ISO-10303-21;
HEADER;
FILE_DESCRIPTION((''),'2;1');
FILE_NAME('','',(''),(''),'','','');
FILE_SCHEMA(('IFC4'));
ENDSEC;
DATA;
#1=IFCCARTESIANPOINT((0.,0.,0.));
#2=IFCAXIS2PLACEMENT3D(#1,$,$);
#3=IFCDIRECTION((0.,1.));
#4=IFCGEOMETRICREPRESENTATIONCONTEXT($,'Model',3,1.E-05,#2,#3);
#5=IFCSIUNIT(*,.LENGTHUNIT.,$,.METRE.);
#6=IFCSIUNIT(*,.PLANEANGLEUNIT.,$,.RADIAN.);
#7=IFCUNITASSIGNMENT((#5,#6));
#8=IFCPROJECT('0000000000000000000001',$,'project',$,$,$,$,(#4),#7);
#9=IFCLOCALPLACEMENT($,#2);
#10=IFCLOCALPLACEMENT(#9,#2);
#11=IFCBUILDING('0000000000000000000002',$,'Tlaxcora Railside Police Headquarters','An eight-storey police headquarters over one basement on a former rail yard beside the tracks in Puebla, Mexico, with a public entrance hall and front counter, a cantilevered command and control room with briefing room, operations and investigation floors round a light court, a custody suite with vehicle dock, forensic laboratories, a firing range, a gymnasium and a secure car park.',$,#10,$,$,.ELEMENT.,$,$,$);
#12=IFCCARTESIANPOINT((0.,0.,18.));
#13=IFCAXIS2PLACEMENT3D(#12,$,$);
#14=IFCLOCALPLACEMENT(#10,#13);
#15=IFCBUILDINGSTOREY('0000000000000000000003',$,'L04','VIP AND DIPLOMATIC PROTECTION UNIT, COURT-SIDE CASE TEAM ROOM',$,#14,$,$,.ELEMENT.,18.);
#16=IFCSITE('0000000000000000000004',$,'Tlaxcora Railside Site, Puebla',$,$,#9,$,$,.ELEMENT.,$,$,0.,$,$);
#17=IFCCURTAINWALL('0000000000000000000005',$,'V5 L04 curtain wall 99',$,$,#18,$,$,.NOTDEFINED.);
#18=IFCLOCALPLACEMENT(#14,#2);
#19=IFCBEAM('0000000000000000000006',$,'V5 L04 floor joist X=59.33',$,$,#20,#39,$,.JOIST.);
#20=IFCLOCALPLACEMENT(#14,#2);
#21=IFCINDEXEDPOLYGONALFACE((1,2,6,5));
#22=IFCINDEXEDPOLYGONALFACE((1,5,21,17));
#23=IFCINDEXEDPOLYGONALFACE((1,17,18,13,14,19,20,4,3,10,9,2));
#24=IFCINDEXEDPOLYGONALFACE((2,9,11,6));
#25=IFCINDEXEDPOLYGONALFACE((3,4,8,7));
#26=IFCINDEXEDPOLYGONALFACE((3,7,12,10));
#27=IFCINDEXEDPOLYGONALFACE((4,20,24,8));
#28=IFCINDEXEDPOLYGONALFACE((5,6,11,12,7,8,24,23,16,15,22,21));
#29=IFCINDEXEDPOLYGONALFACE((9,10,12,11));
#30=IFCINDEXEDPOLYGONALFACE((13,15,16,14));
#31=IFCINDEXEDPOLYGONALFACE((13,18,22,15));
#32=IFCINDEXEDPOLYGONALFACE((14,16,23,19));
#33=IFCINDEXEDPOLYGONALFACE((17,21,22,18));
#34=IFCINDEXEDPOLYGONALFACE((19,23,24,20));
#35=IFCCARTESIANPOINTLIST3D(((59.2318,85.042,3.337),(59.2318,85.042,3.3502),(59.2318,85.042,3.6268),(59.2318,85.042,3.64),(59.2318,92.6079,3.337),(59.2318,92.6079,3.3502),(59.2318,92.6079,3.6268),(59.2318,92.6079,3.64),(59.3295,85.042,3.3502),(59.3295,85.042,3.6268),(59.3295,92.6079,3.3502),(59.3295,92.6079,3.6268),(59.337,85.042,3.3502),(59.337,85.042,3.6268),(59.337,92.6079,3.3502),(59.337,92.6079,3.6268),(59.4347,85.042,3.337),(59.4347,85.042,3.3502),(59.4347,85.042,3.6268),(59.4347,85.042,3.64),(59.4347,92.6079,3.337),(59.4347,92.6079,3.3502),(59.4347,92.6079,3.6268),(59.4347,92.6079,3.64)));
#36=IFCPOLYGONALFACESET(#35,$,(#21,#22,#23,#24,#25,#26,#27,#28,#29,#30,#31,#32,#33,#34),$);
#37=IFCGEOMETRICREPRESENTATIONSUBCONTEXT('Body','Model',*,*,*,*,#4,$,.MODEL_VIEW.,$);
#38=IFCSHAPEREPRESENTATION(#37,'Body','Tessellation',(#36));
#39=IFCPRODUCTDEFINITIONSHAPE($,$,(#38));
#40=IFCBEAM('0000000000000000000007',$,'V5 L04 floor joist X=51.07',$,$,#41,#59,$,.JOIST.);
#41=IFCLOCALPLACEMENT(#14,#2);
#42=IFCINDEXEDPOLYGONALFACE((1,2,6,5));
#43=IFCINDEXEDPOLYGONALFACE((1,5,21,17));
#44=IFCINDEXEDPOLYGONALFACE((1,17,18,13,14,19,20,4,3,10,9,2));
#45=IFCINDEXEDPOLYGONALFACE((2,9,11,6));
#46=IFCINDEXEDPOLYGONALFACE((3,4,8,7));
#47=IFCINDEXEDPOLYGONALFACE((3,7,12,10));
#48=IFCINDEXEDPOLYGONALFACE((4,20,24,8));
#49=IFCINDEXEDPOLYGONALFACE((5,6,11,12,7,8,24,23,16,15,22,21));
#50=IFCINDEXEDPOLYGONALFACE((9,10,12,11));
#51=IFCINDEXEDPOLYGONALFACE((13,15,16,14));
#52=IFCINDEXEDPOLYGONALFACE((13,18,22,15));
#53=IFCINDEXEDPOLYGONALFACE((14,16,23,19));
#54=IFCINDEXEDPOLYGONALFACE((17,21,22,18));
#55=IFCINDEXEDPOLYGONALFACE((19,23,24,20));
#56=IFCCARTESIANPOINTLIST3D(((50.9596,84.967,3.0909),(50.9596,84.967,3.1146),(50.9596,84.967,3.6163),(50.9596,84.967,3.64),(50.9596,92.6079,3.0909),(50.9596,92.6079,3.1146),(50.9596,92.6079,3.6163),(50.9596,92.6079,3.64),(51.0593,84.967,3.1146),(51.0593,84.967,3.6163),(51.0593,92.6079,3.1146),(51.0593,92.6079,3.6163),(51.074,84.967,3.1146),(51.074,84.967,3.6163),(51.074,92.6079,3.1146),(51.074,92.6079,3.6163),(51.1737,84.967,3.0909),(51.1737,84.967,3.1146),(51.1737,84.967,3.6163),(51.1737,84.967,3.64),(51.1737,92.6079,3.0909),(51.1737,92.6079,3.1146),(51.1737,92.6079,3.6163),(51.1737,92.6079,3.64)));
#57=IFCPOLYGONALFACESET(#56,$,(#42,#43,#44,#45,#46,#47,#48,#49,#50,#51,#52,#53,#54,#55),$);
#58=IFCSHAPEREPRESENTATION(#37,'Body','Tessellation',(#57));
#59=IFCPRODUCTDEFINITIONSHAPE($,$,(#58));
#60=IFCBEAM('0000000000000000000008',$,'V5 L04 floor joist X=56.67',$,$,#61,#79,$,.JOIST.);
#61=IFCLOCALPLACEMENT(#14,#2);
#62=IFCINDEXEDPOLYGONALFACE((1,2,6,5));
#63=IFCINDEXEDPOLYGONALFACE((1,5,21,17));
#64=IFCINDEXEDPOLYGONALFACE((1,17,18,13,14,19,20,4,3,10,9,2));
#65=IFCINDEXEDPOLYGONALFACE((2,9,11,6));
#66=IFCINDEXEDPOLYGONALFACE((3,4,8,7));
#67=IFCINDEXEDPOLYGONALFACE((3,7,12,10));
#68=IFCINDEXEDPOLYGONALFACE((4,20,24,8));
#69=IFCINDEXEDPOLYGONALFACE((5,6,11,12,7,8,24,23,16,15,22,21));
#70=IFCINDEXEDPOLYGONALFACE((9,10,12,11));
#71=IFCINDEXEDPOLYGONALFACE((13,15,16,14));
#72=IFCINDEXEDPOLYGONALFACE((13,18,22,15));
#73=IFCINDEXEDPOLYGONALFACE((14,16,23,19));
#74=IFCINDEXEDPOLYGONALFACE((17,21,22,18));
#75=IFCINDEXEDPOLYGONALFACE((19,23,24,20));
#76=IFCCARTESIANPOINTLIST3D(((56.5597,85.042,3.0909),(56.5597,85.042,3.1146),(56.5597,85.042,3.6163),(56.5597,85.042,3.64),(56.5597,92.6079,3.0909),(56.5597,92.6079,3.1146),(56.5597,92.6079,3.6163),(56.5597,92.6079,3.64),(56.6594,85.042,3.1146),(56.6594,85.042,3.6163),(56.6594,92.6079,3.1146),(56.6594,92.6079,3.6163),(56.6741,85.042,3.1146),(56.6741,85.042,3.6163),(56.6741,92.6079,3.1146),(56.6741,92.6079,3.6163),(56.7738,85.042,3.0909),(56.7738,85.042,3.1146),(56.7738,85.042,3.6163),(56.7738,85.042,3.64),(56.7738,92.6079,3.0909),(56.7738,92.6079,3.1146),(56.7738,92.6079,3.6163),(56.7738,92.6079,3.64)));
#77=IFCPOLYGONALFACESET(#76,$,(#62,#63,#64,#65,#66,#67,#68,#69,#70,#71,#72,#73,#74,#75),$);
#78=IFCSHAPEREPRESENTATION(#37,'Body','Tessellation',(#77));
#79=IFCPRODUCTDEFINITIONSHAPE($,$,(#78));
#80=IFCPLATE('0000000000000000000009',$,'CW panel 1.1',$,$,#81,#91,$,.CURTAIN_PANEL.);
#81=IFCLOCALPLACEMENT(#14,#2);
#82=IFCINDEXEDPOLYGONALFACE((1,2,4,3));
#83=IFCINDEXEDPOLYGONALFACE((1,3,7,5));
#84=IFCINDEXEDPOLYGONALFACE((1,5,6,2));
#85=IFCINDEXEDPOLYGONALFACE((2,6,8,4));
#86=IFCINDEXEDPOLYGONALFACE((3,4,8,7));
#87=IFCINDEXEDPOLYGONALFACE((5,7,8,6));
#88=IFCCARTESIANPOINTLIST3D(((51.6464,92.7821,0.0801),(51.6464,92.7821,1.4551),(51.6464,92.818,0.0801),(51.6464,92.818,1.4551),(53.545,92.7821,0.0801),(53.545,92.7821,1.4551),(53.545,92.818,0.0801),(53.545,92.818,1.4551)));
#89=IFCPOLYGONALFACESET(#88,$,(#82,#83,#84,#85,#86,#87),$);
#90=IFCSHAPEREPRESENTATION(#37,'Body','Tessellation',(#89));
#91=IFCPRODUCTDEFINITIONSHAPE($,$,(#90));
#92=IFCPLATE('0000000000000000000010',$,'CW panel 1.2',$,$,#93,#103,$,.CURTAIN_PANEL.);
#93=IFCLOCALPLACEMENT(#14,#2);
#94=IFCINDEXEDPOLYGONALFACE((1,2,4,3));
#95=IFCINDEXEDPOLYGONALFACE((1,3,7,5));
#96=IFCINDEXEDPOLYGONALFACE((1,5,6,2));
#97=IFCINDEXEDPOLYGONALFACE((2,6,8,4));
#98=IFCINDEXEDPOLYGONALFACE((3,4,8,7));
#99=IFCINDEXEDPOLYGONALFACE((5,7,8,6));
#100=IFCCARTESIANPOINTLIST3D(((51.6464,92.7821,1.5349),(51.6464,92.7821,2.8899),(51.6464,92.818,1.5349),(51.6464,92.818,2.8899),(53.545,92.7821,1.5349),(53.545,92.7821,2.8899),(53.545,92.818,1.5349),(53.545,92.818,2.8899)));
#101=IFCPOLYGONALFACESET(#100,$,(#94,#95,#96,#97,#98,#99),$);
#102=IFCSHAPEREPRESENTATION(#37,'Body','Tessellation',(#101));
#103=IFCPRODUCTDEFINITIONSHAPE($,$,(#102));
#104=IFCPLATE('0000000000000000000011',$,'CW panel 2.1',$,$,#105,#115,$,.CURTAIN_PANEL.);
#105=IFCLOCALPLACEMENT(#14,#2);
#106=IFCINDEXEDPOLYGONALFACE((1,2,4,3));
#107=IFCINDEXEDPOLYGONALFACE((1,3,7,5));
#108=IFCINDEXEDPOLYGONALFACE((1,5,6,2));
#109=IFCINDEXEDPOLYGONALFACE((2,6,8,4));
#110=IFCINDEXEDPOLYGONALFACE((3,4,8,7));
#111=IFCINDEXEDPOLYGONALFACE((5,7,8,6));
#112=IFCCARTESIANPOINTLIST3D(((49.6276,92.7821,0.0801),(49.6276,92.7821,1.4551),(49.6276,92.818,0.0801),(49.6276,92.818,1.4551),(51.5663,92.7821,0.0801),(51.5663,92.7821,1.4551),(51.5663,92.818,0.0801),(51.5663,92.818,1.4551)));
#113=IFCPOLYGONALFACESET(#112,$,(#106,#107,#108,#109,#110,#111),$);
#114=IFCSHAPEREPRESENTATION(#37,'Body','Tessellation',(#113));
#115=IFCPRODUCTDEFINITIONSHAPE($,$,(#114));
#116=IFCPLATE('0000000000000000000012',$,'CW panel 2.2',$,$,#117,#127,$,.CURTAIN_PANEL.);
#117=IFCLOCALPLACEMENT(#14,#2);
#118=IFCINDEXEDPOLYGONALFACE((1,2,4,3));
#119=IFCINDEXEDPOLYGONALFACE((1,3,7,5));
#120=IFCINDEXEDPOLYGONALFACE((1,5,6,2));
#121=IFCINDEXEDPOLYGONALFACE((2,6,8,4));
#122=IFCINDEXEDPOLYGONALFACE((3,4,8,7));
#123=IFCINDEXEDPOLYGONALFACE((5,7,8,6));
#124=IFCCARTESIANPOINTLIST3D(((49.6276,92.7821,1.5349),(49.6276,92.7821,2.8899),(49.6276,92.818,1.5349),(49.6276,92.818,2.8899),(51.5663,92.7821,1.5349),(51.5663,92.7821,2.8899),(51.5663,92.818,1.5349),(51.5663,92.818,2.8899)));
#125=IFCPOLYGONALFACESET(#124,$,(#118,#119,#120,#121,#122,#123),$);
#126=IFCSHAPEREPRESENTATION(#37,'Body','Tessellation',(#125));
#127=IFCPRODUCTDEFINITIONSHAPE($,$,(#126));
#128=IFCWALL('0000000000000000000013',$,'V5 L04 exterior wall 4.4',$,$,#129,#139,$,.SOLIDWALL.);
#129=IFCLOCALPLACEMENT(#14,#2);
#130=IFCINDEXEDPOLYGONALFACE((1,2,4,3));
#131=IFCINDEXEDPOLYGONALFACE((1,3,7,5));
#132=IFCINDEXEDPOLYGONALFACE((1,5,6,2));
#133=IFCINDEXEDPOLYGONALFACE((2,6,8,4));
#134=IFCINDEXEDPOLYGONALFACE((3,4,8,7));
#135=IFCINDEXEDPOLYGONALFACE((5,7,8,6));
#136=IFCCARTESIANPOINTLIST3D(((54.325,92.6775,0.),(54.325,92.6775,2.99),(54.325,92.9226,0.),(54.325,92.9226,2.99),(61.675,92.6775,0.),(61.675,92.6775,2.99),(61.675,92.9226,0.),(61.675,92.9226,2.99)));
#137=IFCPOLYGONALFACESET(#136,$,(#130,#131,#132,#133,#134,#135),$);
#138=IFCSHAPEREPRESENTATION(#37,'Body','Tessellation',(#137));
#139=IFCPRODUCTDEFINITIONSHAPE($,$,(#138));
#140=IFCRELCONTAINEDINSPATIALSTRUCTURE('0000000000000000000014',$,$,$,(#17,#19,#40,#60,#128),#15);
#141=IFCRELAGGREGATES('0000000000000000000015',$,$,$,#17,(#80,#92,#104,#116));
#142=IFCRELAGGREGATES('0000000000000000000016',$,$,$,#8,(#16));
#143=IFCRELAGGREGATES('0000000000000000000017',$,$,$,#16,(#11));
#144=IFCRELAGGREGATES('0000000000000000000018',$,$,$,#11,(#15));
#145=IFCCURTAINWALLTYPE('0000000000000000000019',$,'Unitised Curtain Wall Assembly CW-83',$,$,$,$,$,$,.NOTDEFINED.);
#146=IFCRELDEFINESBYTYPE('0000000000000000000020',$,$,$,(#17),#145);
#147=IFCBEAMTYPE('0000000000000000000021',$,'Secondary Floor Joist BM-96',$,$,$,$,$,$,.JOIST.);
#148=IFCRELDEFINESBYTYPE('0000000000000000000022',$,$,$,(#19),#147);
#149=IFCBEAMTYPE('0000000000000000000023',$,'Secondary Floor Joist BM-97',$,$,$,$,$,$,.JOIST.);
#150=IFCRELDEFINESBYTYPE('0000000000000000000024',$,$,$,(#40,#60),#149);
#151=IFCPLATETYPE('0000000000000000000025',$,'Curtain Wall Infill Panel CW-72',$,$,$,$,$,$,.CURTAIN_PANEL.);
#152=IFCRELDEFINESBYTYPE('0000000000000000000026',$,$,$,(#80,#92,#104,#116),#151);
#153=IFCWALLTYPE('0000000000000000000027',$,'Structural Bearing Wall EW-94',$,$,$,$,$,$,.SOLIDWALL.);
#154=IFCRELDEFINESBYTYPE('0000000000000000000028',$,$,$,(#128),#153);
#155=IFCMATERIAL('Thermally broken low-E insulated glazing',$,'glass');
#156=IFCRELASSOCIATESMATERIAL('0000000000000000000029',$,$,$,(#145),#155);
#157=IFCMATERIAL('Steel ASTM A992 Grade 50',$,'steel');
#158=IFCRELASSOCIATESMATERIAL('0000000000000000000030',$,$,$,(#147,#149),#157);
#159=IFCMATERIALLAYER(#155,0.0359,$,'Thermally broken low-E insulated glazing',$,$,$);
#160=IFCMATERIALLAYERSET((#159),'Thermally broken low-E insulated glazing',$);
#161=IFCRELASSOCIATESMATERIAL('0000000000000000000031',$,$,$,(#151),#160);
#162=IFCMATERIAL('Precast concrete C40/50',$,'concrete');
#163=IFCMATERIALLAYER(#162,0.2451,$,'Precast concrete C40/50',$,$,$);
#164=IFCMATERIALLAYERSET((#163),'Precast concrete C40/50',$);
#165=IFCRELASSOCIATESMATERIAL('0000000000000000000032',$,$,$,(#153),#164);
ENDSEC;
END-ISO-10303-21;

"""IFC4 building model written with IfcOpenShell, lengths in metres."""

from ifc_helpers import new_model, si_unit, direction, frame, frame_2d, origin, origin_2d, place, context, subcontext, project, spatial, rectangle, i_section, extrude, material, layer, layer_set, material_profile, profile_set, type_object, element, aggregate, save


model = new_model("IFC4")

# Units and contexts
model_context = context("Model", 3, precision=1e-05, world=origin(), true_north=direction((0.0, 1.0)))
body_context = subcontext(model_context, "Body", "Model", "MODEL_VIEW")
ifc_project = project(units=[si_unit("LENGTHUNIT", "METRE"), si_unit("PLANEANGLEUNIT", "RADIAN")], contexts=[model_context])

# Site, building, storey
site_placement = place(None, origin())
site = spatial("IfcSite", under=ifc_project, at=site_placement, Name="Tlaxcora Railside Site, Puebla", CompositionType="ELEMENT", RefElevation=0.0)
building_placement = place(site_placement, origin())
building = spatial("IfcBuilding", under=site, at=building_placement, Name="Tlaxcora Railside Police Headquarters", Description="An eight-storey police headquarters over one basement on a former rail yard beside the tracks in Puebla, Mexico, with a public entrance hall and front counter, a cantilevered command and control room with briefing room, operations and investigation floors round a light court, a custody suite with vehicle dock, forensic laboratories, a firing range, a gymnasium and a secure car park.", CompositionType="ELEMENT")
storey_placement = place(building_placement, frame((0.0, 0.0, 18.0)))
storey = spatial("IfcBuildingStorey", under=building, at=storey_placement, Name="L04", Description="VIP AND DIPLOMATIC PROTECTION UNIT, COURT-SIDE CASE TEAM ROOM", CompositionType="ELEMENT", Elevation=18.0)

# Curtain wall
ifc_material_1 = material(Name="Thermally broken low-E insulated glazing", Category="glass")
curtain_wall_type = type_object("IfcCurtainWallType", Name="Unitised Curtain Wall Assembly CW-83", PredefinedType="NOTDEFINED", material=ifc_material_1)
curtain_wall_placement = place(storey_placement, origin())
curtain_wall = element("IfcCurtainWall", 1, at=curtain_wall_placement, inside=storey, type_object=curtain_wall_type, Name="V5 L04 curtain wall 99", PredefinedType="NOTDEFINED")

# Beams
ifc_material_2 = material(Name="Steel ASTM A992 Grade 50", Category="steel")
ifc_material_profile_1 = material_profile(ifc_material_2, i_section(OverallWidth=0.2029, OverallDepth=0.303, WebThickness=0.0076, FlangeThickness=0.0132, at=origin_2d()), Name="W12X40")
ifc_profile_set_1 = profile_set([ifc_material_profile_1], Name="Steel ASTM A992 Grade 50")
beam_type_1 = type_object("IfcBeamType", Name="Secondary Floor Joist BM-96", PredefinedType="JOIST", material=ifc_profile_set_1)
beam_1_placement = place(storey_placement, frame((59.3333, 85.042, 3.4885), z_axis=(0.0, 1.0, 0.0), x_axis=(-1.0, 0.0, 0.0)))
element("IfcBeam", 2, at=beam_1_placement, inside=storey, type_object=beam_type_1, Name="V5 L04 floor joist X=59.33", PredefinedType="JOIST", context=body_context, shape_type="SweptSolid", body=[
    extrude(i_section(OverallWidth=0.2029, OverallDepth=0.303, WebThickness=0.0076, FlangeThickness=0.0132, at=origin_2d()), origin(), (0.0, 0.0, 1.0), 7.5659),
])
ifc_material_profile_2 = material_profile(ifc_material_2, i_section(OverallWidth=0.2141, OverallDepth=0.5491, WebThickness=0.0146, FlangeThickness=0.0237, at=origin_2d()), Name="W21X93")
ifc_profile_set_2 = profile_set([ifc_material_profile_2], Name="Steel ASTM A992 Grade 50")
beam_type_2 = type_object("IfcBeamType", Name="Secondary Floor Joist BM-97", PredefinedType="JOIST", material=ifc_profile_set_2)
beam_2_placement = place(storey_placement, frame((51.0667, 84.967, 3.3655), z_axis=(0.0, 1.0, 0.0), x_axis=(-1.0, 0.0, 0.0)))
element("IfcBeam", 3, at=beam_2_placement, inside=storey, type_object=beam_type_2, Name="V5 L04 floor joist X=51.07", PredefinedType="JOIST", context=body_context, shape_type="SweptSolid", body=[
    extrude(i_section(OverallWidth=0.2141, OverallDepth=0.5491, WebThickness=0.0146, FlangeThickness=0.0237, at=origin_2d()), origin(), (0.0, 0.0, 1.0), 7.6409),
])
beam_3_placement = place(storey_placement, frame((56.6667, 85.042, 3.3655), z_axis=(0.0, 1.0, 0.0), x_axis=(-1.0, 0.0, 0.0)))
element("IfcBeam", 4, at=beam_3_placement, inside=storey, type_object=beam_type_2, Name="V5 L04 floor joist X=56.67", PredefinedType="JOIST", context=body_context, shape_type="SweptSolid", body=[
    extrude(i_section(OverallWidth=0.2141, OverallDepth=0.5491, WebThickness=0.0146, FlangeThickness=0.0237, at=origin_2d()), origin(), (0.0, 0.0, 1.0), 7.5659),
])

# Plates
ifc_layer_1 = layer(ifc_material_1, 0.0359, Name="Thermally broken low-E insulated glazing")
ifc_layer_set_1 = layer_set([ifc_layer_1], Name="Thermally broken low-E insulated glazing")
plate_type = type_object("IfcPlateType", Name="Curtain Wall Infill Panel CW-72", PredefinedType="CURTAIN_PANEL", material=ifc_layer_set_1)
plate_1_placement = place(storey_placement, frame((52.5957, 92.8, 0.0801), z_axis=(0.0, 0.0, 1.0), x_axis=(-1.0, 0.0, 0.0)))
plate_1 = element("IfcPlate", 5, at=plate_1_placement, type_object=plate_type, Name="CW panel 1.1", PredefinedType="CURTAIN_PANEL", context=body_context, shape_type="SweptSolid", body=[
    extrude(rectangle(XDim=1.8987, YDim=0.0359, at=origin_2d()), origin(), (0.0, 0.0, 1.0), 1.375),
])
plate_2_placement = place(storey_placement, frame((52.5957, 92.8, 1.5349), z_axis=(0.0, 0.0, 1.0), x_axis=(-1.0, 0.0, 0.0)))
plate_2 = element("IfcPlate", 6, at=plate_2_placement, type_object=plate_type, Name="CW panel 1.2", PredefinedType="CURTAIN_PANEL", context=body_context, shape_type="SweptSolid", body=[
    extrude(rectangle(XDim=1.8987, YDim=0.0359, at=origin_2d()), origin(), (0.0, 0.0, 1.0), 1.355),
])
plate_3_placement = place(storey_placement, frame((50.5969, 92.8, 0.0801), z_axis=(0.0, 0.0, 1.0), x_axis=(-1.0, 0.0, 0.0)))
plate_3 = element("IfcPlate", 7, at=plate_3_placement, type_object=plate_type, Name="CW panel 2.1", PredefinedType="CURTAIN_PANEL", context=body_context, shape_type="SweptSolid", body=[
    extrude(rectangle(XDim=1.9387, YDim=0.0359, at=origin_2d()), origin(), (0.0, 0.0, 1.0), 1.375),
])
plate_4_placement = place(storey_placement, frame((50.5969, 92.8, 1.5349), z_axis=(0.0, 0.0, 1.0), x_axis=(-1.0, 0.0, 0.0)))
plate_4 = element("IfcPlate", 8, at=plate_4_placement, type_object=plate_type, Name="CW panel 2.2", PredefinedType="CURTAIN_PANEL", context=body_context, shape_type="SweptSolid", body=[
    extrude(rectangle(XDim=1.9387, YDim=0.0359, at=origin_2d()), origin(), (0.0, 0.0, 1.0), 1.355),
])
aggregate(curtain_wall, [plate_1, plate_2, plate_3, plate_4])

# Wall
ifc_material_3 = material(Name="Precast concrete C40/50", Category="concrete")
ifc_layer_2 = layer(ifc_material_3, 0.2451, Name="Precast concrete C40/50")
ifc_layer_set_2 = layer_set([ifc_layer_2], Name="Precast concrete C40/50")
wall_type = type_object("IfcWallType", Name="Structural Bearing Wall EW-94", PredefinedType="SOLIDWALL", material=ifc_layer_set_2)
wall_placement = place(storey_placement, frame((61.675, 92.8, 0.0), z_axis=(0.0, 0.0, 1.0), x_axis=(-1.0, 0.0, 0.0)))
element("IfcWall", 9, at=wall_placement, inside=storey, type_object=wall_type, Name="V5 L04 exterior wall 4.4", PredefinedType="SOLIDWALL", context=body_context, shape_type="SweptSolid", body=[
    extrude(rectangle(XDim=7.3501, YDim=0.2451, at=frame_2d((3.675, 0.0))), origin(), (0.0, 0.0, 1.0), 2.99),
])

save(model, "model.ifc")
